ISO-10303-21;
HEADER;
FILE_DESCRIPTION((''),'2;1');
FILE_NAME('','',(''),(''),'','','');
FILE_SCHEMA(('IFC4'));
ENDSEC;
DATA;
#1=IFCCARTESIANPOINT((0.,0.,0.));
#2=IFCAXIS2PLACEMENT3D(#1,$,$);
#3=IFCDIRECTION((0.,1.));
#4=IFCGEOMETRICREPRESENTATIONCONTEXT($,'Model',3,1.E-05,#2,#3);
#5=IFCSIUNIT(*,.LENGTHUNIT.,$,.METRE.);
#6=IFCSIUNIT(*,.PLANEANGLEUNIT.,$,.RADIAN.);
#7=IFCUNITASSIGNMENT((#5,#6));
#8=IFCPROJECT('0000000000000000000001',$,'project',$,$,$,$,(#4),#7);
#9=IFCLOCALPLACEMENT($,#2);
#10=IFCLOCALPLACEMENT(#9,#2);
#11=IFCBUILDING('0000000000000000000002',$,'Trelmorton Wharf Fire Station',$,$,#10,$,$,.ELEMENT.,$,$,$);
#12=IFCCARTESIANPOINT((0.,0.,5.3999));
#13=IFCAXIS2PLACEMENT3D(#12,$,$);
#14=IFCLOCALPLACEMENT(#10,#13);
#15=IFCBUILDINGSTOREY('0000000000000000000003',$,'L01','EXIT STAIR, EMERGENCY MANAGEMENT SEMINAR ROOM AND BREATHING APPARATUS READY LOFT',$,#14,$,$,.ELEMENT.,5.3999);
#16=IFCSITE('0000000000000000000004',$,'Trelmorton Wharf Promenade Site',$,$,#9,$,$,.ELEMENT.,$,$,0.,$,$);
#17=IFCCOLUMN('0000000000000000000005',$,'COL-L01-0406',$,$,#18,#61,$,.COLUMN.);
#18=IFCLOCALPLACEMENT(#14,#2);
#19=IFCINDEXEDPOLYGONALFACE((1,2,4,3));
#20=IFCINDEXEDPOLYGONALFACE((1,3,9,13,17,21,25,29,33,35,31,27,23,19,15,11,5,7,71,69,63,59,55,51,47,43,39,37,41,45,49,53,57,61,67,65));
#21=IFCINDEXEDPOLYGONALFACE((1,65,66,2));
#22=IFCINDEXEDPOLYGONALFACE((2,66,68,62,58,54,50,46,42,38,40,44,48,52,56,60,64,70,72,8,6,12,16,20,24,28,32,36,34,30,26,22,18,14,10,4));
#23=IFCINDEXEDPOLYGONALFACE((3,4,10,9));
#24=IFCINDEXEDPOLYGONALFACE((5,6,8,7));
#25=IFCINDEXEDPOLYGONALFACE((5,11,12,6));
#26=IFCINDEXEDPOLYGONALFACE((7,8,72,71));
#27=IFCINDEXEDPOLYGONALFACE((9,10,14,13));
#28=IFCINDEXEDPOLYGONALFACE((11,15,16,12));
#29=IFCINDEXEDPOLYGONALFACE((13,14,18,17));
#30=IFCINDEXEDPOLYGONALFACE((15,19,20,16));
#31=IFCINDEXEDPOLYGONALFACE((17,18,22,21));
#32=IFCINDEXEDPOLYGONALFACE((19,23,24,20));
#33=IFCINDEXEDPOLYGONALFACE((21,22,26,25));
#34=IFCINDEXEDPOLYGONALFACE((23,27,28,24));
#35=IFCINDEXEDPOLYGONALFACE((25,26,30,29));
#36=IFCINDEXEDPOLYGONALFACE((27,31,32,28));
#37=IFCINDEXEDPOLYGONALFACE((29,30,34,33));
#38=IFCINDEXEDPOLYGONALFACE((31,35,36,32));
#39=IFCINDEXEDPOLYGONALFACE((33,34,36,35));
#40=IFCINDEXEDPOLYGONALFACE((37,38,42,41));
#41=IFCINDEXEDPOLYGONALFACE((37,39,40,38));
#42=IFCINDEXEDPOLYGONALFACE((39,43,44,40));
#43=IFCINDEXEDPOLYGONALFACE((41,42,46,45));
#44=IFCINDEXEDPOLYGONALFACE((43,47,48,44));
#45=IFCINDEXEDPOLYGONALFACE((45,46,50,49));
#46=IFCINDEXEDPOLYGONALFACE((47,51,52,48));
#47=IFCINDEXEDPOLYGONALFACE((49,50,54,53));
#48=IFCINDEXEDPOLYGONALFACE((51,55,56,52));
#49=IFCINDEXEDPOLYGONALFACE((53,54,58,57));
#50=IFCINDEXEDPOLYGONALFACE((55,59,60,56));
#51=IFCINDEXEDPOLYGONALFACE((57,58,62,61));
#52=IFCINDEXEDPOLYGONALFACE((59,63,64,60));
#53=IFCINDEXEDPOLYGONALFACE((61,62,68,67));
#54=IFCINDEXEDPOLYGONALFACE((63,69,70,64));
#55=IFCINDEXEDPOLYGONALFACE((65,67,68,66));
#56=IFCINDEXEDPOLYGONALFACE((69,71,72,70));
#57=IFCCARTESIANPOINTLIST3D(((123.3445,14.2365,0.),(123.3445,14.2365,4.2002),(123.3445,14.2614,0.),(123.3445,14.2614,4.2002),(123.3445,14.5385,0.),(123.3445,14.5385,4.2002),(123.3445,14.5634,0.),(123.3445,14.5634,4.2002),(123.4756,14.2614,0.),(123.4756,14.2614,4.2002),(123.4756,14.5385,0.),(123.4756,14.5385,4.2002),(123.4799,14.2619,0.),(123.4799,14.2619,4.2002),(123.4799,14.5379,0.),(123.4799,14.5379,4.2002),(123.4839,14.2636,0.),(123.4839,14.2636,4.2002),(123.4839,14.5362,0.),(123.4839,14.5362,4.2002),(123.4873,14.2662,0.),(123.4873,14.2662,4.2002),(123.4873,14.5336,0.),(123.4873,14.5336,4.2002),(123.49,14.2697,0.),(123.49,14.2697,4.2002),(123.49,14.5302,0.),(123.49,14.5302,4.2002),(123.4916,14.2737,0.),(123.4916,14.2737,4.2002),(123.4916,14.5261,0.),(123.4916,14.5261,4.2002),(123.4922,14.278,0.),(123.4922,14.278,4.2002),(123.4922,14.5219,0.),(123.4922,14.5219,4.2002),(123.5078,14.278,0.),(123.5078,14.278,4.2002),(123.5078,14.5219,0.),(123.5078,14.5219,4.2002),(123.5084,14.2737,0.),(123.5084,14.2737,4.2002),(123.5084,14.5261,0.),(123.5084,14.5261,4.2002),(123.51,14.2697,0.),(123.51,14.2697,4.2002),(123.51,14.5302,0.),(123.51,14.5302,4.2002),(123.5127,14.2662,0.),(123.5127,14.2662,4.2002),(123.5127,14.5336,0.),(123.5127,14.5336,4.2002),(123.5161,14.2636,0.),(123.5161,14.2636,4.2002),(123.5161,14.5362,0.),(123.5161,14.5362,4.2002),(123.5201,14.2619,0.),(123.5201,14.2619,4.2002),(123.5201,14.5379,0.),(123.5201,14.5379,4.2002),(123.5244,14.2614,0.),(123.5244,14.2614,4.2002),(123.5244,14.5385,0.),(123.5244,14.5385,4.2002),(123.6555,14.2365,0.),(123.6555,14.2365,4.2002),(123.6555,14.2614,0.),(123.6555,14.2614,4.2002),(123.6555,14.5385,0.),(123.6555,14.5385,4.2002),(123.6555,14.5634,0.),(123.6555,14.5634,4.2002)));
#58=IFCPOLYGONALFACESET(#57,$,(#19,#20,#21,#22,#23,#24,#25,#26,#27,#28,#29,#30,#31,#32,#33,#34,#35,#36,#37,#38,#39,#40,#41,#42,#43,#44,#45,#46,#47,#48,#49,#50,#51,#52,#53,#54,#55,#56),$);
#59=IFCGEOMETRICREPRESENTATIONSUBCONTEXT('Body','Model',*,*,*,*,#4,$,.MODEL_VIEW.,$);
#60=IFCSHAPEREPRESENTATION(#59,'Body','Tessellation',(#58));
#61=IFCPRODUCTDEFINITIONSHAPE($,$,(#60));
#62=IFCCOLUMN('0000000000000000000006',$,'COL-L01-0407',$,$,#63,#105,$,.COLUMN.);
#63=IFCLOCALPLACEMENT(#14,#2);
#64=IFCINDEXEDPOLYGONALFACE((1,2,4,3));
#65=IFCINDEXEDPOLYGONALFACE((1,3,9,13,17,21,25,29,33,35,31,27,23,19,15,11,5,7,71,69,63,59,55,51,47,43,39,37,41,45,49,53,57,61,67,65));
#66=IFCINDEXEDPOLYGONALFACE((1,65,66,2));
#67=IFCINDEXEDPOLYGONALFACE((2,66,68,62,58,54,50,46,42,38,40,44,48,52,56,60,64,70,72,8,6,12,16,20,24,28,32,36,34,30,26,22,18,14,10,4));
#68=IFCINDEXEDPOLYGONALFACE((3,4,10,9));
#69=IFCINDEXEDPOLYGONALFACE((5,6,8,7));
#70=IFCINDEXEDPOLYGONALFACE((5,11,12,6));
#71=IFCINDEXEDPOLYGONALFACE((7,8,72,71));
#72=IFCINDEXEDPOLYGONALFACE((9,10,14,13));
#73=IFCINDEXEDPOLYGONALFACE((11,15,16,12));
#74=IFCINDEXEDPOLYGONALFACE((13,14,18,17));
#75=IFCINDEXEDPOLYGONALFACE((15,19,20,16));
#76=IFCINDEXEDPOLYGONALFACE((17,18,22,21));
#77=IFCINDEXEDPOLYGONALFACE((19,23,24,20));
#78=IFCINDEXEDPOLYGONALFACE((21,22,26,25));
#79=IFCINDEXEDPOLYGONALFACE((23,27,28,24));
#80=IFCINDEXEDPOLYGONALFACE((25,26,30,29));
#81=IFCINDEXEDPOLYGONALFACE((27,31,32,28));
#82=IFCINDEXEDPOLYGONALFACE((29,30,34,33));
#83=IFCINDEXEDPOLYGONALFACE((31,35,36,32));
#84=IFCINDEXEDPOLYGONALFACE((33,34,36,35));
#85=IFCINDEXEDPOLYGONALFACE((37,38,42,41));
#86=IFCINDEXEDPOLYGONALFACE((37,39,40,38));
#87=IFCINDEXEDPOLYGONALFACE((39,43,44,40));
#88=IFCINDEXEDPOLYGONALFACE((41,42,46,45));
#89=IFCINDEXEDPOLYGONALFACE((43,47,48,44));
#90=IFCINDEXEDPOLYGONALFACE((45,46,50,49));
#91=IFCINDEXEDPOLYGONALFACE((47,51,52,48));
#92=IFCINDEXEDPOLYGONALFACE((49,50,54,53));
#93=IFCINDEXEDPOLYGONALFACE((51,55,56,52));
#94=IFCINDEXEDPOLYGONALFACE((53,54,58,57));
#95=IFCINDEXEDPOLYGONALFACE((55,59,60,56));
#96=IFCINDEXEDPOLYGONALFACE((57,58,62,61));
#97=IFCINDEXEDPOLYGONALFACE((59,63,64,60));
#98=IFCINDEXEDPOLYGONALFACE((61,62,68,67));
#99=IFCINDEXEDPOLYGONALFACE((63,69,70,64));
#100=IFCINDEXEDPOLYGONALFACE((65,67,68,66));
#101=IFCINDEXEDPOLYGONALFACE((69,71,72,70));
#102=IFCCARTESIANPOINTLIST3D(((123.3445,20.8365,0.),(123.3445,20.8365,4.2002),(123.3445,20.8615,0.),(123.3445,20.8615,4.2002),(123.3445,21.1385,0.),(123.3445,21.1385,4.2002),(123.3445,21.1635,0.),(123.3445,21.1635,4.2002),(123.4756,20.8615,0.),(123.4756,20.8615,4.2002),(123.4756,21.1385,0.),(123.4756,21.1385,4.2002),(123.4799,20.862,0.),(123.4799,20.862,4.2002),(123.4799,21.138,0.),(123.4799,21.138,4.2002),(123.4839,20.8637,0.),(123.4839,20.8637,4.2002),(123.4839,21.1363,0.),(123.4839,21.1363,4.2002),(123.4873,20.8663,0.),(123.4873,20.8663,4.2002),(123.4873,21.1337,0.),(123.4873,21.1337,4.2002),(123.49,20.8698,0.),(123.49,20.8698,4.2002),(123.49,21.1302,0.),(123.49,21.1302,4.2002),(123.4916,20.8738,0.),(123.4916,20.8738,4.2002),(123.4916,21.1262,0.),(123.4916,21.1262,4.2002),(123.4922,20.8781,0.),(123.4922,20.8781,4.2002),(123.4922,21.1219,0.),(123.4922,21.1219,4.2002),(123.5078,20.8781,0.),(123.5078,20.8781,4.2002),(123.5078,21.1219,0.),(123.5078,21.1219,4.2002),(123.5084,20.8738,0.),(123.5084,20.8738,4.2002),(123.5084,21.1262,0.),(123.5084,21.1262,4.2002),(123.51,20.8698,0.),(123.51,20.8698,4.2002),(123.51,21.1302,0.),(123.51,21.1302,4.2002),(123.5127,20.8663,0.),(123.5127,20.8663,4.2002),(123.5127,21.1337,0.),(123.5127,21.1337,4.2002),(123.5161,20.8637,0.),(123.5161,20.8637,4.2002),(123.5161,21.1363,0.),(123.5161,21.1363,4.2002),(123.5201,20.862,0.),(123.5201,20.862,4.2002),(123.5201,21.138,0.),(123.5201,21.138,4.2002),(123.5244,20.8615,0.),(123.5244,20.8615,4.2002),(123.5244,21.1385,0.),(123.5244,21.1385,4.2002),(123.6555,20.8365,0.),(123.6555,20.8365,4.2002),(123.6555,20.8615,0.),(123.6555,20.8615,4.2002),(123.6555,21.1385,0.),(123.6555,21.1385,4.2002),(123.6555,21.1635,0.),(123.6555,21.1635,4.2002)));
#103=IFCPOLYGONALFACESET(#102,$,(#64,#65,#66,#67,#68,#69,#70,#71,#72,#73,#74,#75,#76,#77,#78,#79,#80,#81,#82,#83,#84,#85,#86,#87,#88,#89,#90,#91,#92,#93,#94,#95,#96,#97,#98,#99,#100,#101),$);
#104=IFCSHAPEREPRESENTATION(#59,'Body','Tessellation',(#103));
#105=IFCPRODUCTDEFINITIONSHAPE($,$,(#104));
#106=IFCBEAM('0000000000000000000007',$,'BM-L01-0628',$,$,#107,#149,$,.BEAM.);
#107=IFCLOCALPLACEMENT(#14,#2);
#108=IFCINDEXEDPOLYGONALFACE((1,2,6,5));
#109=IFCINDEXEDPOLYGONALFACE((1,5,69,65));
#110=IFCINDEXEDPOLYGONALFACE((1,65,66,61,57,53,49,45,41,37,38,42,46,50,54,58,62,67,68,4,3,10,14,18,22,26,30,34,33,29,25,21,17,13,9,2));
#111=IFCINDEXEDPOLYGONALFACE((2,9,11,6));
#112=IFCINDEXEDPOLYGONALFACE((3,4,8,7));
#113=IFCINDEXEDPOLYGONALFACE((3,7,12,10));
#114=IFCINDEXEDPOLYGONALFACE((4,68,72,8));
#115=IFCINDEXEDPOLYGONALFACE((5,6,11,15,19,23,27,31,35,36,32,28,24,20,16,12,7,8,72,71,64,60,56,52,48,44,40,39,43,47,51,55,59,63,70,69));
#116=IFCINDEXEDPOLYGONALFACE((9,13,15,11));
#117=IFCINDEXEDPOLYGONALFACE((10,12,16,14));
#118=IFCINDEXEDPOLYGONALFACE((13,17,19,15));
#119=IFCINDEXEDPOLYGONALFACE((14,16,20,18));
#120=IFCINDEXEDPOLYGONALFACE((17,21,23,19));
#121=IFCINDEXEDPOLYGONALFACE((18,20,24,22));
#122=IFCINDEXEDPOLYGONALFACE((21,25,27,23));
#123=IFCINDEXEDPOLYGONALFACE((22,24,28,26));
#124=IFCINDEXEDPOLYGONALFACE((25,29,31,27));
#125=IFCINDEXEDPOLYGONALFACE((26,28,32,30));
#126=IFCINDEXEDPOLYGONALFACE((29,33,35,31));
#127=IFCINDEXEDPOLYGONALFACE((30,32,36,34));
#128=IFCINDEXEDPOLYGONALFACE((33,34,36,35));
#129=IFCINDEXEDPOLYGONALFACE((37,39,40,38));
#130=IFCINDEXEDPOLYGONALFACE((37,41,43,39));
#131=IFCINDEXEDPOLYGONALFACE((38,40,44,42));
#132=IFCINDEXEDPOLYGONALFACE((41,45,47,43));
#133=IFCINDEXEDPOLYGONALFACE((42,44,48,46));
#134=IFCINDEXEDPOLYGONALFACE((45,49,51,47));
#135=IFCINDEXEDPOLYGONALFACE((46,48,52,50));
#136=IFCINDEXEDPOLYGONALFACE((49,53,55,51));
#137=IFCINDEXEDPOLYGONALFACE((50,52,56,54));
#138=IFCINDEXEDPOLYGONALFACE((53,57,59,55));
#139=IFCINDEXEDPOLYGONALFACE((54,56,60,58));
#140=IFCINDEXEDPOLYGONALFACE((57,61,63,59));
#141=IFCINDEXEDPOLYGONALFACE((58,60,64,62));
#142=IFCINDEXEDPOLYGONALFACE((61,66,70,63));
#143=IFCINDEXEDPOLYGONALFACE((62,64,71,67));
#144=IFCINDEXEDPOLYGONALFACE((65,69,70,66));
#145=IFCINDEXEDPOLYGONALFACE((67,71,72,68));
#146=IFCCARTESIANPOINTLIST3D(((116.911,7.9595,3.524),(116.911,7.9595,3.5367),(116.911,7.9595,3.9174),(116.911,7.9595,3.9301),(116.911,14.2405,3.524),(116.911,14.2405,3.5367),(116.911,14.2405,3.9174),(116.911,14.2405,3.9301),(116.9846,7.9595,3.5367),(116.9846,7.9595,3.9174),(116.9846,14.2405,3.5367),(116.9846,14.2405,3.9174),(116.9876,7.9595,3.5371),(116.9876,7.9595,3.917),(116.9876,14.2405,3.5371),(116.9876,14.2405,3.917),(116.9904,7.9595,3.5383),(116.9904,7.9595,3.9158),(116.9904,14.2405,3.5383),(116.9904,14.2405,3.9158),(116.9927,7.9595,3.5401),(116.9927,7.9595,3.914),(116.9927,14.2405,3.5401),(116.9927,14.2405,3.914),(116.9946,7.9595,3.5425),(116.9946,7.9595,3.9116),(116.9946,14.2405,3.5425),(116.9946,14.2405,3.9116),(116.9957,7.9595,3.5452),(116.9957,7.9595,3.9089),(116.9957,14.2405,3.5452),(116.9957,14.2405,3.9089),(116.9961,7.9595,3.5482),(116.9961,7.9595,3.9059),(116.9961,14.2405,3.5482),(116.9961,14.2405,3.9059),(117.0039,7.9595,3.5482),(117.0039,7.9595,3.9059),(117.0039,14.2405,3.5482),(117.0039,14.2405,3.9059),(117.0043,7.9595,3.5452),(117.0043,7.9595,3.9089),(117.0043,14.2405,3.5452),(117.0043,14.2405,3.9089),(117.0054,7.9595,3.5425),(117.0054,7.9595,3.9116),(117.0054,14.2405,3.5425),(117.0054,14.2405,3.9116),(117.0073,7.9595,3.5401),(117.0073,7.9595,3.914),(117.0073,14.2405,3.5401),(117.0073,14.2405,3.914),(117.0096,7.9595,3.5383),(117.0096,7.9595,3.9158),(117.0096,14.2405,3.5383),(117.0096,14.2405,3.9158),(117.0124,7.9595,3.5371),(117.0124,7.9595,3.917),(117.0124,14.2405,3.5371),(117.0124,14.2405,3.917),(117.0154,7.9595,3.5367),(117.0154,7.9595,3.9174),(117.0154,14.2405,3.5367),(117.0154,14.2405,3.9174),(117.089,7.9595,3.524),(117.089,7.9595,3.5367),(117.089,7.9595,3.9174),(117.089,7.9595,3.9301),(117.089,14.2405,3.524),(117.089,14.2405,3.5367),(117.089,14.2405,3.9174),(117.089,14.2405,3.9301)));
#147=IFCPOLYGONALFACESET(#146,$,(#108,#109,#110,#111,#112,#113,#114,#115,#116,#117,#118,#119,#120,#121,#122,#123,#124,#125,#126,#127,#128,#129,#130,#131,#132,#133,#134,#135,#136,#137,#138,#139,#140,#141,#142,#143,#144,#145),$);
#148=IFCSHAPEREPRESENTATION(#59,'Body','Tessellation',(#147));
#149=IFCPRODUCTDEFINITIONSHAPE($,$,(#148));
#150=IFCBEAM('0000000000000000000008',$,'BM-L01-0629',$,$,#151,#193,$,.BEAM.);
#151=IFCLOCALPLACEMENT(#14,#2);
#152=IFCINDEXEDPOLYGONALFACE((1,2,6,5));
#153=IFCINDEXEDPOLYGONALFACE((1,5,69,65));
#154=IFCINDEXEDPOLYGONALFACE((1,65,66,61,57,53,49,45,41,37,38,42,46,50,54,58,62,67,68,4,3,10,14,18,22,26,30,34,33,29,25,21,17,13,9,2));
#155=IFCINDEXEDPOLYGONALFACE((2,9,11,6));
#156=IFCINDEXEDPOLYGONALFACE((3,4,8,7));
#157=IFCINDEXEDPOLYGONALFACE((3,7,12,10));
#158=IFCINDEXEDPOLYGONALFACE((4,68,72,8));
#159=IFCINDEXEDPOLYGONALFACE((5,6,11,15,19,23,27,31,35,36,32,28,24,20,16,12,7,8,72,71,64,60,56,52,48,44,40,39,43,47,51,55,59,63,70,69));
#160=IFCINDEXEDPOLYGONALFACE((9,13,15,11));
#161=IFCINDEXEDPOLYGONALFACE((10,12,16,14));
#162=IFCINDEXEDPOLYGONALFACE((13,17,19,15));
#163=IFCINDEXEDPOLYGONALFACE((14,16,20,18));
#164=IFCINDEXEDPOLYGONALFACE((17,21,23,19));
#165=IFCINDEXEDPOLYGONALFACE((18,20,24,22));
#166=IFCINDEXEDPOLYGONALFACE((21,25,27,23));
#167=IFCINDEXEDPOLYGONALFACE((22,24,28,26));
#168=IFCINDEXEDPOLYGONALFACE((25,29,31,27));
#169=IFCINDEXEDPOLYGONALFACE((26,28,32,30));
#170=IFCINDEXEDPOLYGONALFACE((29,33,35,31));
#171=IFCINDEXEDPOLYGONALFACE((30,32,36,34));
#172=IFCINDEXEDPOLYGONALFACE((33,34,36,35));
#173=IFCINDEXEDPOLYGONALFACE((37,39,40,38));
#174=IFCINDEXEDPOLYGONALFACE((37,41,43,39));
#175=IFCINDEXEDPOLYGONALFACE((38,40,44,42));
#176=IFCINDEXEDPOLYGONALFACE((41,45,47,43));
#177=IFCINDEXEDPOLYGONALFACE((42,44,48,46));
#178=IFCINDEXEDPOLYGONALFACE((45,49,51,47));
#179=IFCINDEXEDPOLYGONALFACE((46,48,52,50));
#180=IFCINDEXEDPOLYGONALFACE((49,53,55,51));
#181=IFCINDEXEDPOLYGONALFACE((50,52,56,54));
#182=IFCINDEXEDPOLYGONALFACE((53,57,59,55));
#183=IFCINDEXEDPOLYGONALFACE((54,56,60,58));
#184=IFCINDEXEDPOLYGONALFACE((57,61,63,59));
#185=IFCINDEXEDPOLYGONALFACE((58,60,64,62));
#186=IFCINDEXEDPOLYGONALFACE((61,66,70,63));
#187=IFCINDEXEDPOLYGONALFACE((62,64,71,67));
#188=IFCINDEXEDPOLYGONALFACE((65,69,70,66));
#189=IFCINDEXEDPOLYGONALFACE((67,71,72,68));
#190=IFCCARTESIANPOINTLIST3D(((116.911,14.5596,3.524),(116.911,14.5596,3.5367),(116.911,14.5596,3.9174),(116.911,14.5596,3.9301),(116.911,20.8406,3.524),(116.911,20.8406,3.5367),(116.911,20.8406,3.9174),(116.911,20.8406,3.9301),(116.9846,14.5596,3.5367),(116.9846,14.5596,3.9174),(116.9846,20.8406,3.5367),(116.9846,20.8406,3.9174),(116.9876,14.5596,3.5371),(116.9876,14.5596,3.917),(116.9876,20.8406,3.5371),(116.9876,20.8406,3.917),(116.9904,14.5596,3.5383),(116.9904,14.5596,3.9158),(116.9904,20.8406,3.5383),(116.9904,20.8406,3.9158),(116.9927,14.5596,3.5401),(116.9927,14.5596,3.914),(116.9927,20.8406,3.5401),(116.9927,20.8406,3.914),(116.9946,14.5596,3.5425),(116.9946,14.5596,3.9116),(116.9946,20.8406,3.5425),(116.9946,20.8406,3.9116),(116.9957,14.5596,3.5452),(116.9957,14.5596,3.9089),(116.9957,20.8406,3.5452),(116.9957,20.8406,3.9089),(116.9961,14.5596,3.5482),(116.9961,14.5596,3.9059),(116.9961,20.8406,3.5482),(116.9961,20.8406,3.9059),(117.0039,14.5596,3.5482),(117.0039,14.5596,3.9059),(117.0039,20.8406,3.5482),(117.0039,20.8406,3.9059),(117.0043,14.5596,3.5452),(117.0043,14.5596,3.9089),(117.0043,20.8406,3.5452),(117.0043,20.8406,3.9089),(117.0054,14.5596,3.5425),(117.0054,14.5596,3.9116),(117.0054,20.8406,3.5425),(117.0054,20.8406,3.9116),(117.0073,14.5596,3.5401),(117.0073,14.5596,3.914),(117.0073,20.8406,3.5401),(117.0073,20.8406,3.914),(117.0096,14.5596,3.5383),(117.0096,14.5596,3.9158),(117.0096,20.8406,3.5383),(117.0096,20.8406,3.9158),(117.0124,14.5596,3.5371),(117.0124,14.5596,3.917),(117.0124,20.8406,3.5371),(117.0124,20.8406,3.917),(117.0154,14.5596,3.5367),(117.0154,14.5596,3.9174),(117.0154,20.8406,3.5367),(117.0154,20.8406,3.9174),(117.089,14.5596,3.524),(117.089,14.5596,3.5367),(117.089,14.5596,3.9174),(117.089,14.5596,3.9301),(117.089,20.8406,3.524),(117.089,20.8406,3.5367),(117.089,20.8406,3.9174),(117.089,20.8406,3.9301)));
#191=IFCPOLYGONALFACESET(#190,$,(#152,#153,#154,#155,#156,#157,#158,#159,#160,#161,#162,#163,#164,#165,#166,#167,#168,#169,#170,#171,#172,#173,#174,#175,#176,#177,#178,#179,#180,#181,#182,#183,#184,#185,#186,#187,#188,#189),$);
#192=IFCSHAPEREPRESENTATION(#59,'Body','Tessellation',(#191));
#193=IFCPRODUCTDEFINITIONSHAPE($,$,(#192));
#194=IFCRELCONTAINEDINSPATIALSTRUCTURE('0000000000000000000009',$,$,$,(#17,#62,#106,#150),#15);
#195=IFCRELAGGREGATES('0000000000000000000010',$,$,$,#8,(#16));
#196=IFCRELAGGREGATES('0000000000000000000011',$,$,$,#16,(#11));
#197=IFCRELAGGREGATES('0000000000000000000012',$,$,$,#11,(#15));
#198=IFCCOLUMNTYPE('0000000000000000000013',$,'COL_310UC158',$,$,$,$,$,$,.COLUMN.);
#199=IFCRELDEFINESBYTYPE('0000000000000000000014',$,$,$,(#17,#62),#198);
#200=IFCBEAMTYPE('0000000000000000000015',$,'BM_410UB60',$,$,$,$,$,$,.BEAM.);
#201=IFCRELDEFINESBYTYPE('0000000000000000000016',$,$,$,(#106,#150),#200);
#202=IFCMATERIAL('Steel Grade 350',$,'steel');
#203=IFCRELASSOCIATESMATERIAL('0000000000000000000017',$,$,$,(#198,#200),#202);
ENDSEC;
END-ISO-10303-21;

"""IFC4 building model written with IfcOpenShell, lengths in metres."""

from ifc_helpers import new_model, si_unit, direction, frame, origin, origin_2d, place, context, subcontext, project, spatial, i_section, extrude, material, material_profile, profile_set, type_object, element, save


model = new_model("IFC4")

# Units and contexts
model_context = context("Model", 3, precision=1e-05, world=origin(), true_north=direction((0.0, 1.0)))
body_context = subcontext(model_context, "Body", "Model", "MODEL_VIEW")
ifc_project = project(units=[si_unit("LENGTHUNIT", "METRE"), si_unit("PLANEANGLEUNIT", "RADIAN")], contexts=[model_context])

# Site, building, storey
site_placement = place(None, origin())
site = spatial("IfcSite", under=ifc_project, at=site_placement, Name="Trelmorton Wharf Promenade Site", CompositionType="ELEMENT", RefElevation=0.0)
building_placement = place(site_placement, origin())
building = spatial("IfcBuilding", under=site, at=building_placement, Name="Trelmorton Wharf Fire Station", CompositionType="ELEMENT")
storey_placement = place(building_placement, frame((0.0, 0.0, 5.3999)))
storey = spatial("IfcBuildingStorey", under=building, at=storey_placement, Name="L01", Description="EXIT STAIR, EMERGENCY MANAGEMENT SEMINAR ROOM AND BREATHING APPARATUS READY LOFT", CompositionType="ELEMENT", Elevation=5.3999)

# Columns
ifc_material_1 = material(Name="Steel Grade 350", Category="steel")
ifc_material_profile_1 = material_profile(ifc_material_1, i_section(OverallWidth=0.311, OverallDepth=0.3269, WebThickness=0.0156, FlangeThickness=0.0249, FilletRadius=0.0166, at=origin_2d()), Name="310UC158")
ifc_profile_set_1 = profile_set([ifc_material_profile_1], Name="Steel Grade 350")
column_type = type_object("IfcColumnType", Name="COL_310UC158", PredefinedType="COLUMN", material=ifc_profile_set_1)
for number, where, z_axis, x_axis, name in (
    (1, (123.5, 14.3999, 0.0), (0.0, 0.0, 1.0), (1.0, 0.0, 0.0), "COL-L01-0406"),
    (2, (123.5, 21.0, 0.0), (0.0, 0.0, 1.0), (1.0, 0.0, 0.0), "COL-L01-0407"),
):
    element("IfcColumn", number, at=place(storey_placement, frame(where, z_axis=z_axis, x_axis=x_axis)), inside=storey, type_object=column_type, Name=name, PredefinedType="COLUMN", context=body_context, shape_type="SweptSolid", body=[
        extrude(i_section(OverallWidth=0.311, OverallDepth=0.3269, WebThickness=0.0156, FlangeThickness=0.0249, FilletRadius=0.0166, at=origin_2d()), origin(), (0.0, 0.0, 1.0), 4.2002),
    ])

# Beams
ifc_material_profile_2 = material_profile(ifc_material_1, i_section(OverallWidth=0.178, OverallDepth=0.406, WebThickness=0.0078, FlangeThickness=0.0127, FilletRadius=0.0115, at=origin_2d()), Name="410UB59.7")
ifc_profile_set_2 = profile_set([ifc_material_profile_2], Name="Steel Grade 350")
beam_type_1 = type_object("IfcBeamType", Name="BM_410UB60", PredefinedType="BEAM", material=ifc_profile_set_2)
for number, where, z_axis, x_axis, name in (
    (3, (117.0, 7.9595, 3.7271), (0.0, 1.0, 0.0), (-1.0, 0.0, 0.0), "BM-L01-0628"),
    (4, (117.0, 14.5596, 3.7271), (0.0, 1.0, 0.0), (-1.0, 0.0, 0.0), "BM-L01-0629"),
):
    element("IfcBeam", number, at=place(storey_placement, frame(where, z_axis=z_axis, x_axis=x_axis)), inside=storey, type_object=beam_type_1, Name=name, PredefinedType="BEAM", context=body_context, shape_type="SweptSolid", body=[
        extrude(i_section(OverallWidth=0.178, OverallDepth=0.406, WebThickness=0.0078, FlangeThickness=0.0127, FilletRadius=0.0115, at=origin_2d()), origin(), (0.0, 0.0, 1.0), 6.281),
    ])

save(model, "model.ifc")
